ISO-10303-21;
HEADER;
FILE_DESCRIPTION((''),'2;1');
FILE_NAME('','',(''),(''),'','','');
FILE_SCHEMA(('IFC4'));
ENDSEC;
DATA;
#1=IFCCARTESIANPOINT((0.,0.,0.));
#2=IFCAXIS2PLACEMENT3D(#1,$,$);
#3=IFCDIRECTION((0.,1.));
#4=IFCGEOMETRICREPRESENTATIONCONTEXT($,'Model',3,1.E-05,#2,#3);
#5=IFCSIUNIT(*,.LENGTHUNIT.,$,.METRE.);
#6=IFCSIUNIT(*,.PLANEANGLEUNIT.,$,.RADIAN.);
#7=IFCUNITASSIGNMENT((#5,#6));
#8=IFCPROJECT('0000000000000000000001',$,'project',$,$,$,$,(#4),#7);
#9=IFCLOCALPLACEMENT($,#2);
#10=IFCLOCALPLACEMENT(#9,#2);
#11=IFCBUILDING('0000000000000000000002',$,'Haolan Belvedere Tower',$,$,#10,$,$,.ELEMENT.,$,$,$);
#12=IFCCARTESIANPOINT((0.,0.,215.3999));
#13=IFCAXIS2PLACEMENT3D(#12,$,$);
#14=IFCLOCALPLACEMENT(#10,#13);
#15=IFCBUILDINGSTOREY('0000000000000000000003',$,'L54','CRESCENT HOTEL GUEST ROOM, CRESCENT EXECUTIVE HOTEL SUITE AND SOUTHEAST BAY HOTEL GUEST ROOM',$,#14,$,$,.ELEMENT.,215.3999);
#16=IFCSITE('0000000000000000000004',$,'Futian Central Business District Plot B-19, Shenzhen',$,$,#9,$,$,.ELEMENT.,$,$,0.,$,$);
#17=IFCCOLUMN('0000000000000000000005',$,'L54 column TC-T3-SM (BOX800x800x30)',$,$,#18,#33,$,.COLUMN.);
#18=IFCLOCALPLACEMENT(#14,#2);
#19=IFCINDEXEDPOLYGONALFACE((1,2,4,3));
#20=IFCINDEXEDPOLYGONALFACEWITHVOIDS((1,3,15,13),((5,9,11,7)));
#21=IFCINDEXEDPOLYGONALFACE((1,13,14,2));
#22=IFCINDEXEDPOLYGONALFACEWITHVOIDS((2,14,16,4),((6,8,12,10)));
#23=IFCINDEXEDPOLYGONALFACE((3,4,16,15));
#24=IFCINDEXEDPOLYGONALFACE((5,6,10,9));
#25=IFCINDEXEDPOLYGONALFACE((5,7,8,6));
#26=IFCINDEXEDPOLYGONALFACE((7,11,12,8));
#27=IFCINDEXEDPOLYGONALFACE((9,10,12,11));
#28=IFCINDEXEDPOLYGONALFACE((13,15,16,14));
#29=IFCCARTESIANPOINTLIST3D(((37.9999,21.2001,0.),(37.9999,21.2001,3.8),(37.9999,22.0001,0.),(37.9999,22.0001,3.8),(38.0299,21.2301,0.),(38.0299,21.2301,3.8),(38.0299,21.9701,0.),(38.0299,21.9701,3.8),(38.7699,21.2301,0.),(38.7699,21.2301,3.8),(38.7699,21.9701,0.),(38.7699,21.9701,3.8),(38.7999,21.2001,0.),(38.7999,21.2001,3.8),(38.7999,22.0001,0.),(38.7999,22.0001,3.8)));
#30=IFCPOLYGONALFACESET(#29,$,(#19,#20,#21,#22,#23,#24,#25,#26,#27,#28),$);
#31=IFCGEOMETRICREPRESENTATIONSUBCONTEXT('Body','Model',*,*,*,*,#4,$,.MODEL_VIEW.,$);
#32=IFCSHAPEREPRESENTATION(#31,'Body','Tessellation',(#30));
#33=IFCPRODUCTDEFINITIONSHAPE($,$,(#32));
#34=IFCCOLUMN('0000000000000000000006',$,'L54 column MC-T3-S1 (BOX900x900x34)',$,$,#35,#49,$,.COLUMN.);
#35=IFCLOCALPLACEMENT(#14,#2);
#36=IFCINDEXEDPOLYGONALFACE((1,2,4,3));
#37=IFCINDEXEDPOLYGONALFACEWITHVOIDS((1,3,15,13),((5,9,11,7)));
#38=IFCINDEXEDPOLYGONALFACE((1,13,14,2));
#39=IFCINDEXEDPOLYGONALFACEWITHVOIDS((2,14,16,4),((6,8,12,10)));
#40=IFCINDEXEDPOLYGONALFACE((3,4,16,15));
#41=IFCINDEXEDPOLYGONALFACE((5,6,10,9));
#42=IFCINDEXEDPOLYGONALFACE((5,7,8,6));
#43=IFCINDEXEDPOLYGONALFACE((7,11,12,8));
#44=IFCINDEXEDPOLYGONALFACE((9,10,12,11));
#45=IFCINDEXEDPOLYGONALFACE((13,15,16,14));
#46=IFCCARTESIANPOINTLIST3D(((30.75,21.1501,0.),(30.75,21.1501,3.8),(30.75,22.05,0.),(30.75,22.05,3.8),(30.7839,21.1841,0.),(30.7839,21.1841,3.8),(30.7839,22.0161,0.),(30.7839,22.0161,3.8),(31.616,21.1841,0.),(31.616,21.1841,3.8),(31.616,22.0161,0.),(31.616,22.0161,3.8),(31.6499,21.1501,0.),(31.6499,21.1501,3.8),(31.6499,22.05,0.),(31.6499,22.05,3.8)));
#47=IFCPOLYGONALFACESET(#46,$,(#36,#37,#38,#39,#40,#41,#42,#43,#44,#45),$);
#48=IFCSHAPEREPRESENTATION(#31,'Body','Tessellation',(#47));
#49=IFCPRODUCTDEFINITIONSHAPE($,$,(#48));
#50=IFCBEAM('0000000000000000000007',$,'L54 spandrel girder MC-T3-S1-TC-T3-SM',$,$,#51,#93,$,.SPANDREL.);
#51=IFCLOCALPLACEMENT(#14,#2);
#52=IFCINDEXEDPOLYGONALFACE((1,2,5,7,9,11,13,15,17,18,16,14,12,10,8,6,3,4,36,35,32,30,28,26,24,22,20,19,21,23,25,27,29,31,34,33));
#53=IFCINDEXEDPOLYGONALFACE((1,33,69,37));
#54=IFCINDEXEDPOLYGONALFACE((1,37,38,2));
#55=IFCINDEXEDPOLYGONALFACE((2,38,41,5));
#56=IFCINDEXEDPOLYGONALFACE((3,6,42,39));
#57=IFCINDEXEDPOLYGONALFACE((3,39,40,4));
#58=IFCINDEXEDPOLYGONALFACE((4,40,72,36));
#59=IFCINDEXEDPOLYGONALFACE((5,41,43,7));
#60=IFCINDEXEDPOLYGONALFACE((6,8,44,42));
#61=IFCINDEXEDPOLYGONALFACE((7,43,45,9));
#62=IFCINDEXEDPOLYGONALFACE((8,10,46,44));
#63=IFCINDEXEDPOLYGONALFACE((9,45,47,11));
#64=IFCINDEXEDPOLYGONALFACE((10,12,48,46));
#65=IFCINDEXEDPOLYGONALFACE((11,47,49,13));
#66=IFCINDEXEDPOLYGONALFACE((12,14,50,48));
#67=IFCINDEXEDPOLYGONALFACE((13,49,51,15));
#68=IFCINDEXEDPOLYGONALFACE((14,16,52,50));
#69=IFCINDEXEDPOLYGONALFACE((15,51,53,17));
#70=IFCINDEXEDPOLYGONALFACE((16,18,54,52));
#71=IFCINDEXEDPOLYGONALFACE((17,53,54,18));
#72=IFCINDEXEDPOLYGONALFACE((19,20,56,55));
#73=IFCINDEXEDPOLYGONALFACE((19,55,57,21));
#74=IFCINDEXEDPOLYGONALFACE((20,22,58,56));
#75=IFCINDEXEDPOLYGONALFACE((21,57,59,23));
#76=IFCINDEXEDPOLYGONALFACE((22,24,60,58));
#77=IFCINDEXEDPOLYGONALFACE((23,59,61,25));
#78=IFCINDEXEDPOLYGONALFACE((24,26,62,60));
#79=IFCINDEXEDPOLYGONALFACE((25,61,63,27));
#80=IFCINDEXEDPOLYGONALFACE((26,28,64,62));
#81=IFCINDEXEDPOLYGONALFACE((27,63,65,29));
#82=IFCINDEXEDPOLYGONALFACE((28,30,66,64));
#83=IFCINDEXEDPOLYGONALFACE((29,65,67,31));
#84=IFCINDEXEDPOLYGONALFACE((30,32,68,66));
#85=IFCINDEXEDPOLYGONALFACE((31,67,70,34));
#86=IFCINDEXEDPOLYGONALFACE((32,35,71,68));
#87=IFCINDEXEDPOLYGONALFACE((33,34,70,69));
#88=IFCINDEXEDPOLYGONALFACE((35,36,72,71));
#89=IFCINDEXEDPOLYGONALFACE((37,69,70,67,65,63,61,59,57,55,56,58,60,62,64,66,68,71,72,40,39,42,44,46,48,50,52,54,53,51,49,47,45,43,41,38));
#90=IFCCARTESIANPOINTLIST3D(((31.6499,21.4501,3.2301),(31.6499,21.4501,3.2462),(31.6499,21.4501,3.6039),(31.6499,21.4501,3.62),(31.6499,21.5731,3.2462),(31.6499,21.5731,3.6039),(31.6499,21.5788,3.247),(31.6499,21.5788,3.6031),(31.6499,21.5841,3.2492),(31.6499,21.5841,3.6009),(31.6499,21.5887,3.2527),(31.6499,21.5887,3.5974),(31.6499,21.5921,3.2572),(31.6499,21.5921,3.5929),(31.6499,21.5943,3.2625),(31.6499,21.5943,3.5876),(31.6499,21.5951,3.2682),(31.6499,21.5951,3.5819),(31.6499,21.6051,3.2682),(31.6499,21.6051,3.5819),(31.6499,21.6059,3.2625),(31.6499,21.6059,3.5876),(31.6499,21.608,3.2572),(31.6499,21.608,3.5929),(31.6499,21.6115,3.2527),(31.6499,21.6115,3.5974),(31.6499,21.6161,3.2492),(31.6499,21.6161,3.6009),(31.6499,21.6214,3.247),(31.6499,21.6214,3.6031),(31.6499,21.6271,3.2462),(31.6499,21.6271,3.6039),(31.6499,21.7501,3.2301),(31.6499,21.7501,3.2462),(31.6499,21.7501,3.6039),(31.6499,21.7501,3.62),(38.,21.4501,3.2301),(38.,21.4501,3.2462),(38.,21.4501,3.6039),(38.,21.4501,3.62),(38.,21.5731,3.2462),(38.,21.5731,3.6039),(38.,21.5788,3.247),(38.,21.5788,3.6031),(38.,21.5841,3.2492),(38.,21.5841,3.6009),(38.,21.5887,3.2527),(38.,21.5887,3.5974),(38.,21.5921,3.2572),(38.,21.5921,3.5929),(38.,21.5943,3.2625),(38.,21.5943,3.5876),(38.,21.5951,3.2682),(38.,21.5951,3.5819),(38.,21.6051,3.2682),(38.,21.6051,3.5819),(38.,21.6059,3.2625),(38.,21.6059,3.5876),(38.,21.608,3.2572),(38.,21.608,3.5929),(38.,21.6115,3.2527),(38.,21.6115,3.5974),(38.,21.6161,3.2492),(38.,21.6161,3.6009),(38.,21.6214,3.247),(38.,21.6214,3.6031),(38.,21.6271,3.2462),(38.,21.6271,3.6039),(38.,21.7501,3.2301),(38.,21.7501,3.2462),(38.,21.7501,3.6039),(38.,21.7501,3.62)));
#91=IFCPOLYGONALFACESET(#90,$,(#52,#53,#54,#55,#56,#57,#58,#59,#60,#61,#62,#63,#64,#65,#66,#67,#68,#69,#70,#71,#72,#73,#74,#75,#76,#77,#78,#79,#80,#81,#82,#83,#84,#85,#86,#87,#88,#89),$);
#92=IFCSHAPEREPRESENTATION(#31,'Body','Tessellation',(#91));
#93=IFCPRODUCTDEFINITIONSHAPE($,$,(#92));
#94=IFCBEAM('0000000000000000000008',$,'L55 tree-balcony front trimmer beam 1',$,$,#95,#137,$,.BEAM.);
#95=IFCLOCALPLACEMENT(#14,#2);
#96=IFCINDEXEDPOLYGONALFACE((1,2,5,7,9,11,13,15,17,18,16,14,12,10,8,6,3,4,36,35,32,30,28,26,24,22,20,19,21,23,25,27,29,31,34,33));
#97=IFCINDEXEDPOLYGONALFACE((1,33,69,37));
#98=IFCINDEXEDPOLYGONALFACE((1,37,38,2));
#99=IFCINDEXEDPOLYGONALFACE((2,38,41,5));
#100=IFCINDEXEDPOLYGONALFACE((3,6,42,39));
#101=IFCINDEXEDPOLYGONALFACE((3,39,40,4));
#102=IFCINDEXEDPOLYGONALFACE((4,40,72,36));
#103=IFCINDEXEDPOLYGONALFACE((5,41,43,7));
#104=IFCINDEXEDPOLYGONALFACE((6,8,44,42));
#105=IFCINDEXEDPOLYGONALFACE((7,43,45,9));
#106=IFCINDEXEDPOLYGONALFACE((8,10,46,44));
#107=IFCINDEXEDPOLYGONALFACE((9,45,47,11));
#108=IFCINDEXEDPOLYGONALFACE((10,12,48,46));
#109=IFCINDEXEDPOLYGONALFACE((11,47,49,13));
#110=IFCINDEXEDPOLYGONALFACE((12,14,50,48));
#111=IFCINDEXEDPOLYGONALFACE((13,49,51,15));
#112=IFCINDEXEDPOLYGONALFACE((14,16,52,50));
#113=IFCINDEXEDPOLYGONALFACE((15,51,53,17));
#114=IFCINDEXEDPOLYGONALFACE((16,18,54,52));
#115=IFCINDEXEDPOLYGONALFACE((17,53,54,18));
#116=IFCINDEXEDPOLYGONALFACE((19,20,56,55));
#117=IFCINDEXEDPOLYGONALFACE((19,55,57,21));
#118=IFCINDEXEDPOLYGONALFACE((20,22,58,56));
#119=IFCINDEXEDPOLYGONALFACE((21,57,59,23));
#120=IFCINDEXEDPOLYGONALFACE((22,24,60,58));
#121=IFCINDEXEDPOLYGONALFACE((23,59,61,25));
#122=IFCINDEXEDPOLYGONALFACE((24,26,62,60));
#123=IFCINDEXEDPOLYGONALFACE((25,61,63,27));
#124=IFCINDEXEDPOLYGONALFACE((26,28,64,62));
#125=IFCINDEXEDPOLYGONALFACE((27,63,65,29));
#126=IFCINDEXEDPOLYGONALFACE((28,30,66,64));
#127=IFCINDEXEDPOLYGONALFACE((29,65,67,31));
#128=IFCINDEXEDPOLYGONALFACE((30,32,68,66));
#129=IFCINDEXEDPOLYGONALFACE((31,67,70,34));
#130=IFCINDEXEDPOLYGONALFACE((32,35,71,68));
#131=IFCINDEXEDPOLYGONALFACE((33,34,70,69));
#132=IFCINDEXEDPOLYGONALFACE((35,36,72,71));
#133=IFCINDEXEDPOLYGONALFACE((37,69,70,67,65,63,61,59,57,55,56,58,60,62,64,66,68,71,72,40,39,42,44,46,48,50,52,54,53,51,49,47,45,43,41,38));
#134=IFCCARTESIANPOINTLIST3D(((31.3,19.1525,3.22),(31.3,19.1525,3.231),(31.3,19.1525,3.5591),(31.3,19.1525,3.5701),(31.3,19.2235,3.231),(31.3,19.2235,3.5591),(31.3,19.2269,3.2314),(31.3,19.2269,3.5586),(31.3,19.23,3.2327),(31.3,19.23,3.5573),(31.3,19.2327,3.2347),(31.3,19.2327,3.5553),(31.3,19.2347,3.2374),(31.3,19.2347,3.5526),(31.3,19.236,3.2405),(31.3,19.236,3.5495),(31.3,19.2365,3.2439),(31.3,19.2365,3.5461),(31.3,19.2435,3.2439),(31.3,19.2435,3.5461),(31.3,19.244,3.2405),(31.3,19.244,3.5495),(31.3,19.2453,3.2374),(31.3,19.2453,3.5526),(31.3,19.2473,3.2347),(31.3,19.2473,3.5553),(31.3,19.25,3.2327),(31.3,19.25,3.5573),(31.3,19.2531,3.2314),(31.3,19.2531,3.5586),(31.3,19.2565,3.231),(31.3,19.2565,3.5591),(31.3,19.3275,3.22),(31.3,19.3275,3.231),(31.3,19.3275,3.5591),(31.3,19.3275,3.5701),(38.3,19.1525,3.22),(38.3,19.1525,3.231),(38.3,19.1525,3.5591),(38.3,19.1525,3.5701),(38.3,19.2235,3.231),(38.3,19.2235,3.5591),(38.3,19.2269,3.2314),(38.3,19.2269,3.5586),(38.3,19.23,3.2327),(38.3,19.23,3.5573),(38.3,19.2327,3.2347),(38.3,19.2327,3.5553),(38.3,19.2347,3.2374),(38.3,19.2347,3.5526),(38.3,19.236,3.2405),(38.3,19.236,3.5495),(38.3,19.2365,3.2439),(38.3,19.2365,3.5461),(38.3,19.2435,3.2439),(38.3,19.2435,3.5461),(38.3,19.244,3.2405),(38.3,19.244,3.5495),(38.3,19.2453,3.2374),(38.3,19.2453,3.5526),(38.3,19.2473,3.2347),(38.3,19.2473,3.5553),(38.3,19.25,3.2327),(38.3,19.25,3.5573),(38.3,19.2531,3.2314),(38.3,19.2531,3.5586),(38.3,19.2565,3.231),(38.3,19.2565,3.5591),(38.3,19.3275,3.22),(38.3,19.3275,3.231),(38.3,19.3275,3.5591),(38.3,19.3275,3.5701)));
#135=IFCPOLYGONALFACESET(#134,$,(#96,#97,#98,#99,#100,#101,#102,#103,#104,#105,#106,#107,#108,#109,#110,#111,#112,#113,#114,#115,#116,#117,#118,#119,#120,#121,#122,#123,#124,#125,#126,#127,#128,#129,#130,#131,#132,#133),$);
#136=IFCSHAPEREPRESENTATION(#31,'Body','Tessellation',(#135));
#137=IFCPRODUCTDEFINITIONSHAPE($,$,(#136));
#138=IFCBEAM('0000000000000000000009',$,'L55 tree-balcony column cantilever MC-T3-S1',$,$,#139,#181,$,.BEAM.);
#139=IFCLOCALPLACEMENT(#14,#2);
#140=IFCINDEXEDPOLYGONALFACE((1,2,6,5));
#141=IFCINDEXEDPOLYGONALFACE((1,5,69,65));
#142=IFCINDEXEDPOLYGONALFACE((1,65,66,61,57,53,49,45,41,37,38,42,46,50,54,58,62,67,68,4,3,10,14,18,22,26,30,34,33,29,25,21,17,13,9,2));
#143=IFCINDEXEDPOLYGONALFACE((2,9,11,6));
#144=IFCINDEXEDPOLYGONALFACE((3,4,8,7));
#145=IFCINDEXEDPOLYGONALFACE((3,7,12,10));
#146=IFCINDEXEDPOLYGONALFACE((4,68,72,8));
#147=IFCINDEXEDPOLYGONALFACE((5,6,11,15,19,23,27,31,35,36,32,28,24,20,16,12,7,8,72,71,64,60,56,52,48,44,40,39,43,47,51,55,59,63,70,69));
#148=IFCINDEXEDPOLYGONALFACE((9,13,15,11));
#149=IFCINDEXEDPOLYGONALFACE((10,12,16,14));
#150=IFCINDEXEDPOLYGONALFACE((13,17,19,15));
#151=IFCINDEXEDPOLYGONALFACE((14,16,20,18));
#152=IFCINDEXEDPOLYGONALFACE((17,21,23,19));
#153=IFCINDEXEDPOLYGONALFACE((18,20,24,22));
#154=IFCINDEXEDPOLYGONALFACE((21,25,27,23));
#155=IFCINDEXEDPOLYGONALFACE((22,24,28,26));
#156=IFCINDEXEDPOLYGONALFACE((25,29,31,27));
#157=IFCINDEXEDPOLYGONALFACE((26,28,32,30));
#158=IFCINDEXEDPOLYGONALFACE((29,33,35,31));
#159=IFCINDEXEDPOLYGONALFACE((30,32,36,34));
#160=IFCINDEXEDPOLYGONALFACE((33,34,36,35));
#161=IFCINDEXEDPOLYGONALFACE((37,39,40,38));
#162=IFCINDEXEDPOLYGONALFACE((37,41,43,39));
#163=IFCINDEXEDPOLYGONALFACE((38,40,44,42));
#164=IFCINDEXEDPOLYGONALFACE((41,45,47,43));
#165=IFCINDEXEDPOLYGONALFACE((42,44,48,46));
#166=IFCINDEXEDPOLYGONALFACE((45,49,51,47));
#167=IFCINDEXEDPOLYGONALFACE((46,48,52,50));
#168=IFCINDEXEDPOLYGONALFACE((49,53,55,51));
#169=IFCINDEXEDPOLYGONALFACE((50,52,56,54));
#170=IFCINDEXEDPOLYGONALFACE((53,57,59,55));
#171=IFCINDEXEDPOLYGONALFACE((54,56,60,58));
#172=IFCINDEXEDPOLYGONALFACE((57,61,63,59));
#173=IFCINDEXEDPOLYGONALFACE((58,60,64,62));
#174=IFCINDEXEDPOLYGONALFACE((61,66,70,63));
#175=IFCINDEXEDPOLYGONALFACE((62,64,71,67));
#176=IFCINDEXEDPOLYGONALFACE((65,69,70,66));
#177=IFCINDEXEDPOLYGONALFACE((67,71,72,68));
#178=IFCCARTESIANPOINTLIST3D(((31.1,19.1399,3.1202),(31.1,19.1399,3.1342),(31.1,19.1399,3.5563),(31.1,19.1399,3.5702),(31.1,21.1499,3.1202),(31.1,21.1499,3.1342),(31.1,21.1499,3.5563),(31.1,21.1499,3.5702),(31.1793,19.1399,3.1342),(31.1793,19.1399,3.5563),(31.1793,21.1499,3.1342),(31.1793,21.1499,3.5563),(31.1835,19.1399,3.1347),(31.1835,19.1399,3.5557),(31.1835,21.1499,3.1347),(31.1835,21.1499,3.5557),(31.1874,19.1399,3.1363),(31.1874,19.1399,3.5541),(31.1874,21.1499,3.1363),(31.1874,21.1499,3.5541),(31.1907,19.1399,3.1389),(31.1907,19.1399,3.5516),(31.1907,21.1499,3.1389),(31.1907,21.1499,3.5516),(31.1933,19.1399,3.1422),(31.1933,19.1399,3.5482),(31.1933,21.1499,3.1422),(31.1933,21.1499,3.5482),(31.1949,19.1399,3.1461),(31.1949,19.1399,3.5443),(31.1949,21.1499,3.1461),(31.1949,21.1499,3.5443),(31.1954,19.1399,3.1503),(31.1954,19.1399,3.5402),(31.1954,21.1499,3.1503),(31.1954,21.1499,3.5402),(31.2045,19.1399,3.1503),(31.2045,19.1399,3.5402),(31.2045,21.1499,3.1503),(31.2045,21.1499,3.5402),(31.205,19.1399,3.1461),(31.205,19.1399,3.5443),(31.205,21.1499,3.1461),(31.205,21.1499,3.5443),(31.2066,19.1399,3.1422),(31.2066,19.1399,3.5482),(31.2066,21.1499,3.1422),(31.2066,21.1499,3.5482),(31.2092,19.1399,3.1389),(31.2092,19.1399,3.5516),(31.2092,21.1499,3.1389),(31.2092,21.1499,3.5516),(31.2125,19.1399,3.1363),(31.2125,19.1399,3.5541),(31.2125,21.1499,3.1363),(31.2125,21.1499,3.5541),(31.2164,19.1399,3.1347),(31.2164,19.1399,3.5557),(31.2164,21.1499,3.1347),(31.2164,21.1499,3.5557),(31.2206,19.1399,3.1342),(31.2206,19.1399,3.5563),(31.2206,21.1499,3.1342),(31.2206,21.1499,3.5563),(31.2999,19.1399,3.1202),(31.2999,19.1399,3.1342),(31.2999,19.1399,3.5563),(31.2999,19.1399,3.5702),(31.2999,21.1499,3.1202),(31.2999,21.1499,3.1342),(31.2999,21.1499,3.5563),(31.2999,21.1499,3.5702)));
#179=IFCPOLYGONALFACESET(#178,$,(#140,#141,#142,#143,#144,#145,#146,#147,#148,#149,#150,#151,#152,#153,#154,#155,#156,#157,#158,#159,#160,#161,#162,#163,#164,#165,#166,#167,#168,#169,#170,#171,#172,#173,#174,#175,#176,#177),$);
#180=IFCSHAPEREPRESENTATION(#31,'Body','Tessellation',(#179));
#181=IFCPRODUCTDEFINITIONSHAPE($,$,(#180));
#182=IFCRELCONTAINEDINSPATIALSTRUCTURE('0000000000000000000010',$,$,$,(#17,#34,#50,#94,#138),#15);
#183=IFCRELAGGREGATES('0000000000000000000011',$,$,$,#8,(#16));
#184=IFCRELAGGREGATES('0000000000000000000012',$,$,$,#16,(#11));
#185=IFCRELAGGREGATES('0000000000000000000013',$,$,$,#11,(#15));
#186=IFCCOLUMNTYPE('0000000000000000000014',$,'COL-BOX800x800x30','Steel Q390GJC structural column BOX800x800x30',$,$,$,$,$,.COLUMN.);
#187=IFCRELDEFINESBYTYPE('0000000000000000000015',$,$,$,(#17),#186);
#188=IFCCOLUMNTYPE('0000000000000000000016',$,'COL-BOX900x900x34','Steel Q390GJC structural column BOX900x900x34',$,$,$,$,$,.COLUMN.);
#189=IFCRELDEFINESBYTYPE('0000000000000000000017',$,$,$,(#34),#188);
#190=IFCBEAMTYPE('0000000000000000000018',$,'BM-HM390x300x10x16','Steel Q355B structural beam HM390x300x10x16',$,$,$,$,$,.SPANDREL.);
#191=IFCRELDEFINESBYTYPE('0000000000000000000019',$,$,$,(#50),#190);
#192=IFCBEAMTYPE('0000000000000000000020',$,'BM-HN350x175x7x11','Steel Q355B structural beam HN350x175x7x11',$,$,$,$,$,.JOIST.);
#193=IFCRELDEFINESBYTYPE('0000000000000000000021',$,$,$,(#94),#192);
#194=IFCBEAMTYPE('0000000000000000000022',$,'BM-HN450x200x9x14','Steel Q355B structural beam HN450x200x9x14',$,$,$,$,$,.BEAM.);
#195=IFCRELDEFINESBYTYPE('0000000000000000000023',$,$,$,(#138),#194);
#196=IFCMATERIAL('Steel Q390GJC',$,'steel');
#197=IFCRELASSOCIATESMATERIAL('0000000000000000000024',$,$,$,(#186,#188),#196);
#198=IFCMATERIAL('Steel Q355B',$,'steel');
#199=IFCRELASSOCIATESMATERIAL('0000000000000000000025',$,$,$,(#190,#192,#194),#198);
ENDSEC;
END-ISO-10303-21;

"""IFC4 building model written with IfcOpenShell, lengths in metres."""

from ifc_helpers import new_model, si_unit, direction, frame, origin, origin_2d, place, context, subcontext, project, spatial, hollow_rectangle, i_section, extrude, material, material_profile, profile_set, type_object, element, save


model = new_model("IFC4")

# Units and contexts
model_context = context("Model", 3, precision=1e-05, world=origin(), true_north=direction((0.0, 1.0)))
body_context = subcontext(model_context, "Body", "Model", "MODEL_VIEW")
ifc_project = project(units=[si_unit("LENGTHUNIT", "METRE"), si_unit("PLANEANGLEUNIT", "RADIAN")], contexts=[model_context])

# Site, building, storey
site_placement = place(None, origin())
site = spatial("IfcSite", under=ifc_project, at=site_placement, Name="Futian Central Business District Plot B-19, Shenzhen", CompositionType="ELEMENT", RefElevation=0.0)
building_placement = place(site_placement, origin())
building = spatial("IfcBuilding", under=site, at=building_placement, Name="Haolan Belvedere Tower", CompositionType="ELEMENT")
storey_placement = place(building_placement, frame((0.0, 0.0, 215.3999)))
storey = spatial("IfcBuildingStorey", under=building, at=storey_placement, Name="L54", Description="CRESCENT HOTEL GUEST ROOM, CRESCENT EXECUTIVE HOTEL SUITE AND SOUTHEAST BAY HOTEL GUEST ROOM", CompositionType="ELEMENT", Elevation=215.3999)

# Columns
ifc_material_1 = material(Name="Steel Q390GJC", Category="steel")
ifc_material_profile_1 = material_profile(ifc_material_1, hollow_rectangle(XDim=0.8, YDim=0.8, WallThickness=0.03, at=origin_2d()), Name="Steel Q390GJC")
ifc_profile_set_1 = profile_set([ifc_material_profile_1], Name="Steel Q390GJC")
column_type_1 = type_object("IfcColumnType", Name="COL-BOX800x800x30", Description="Steel Q390GJC structural column BOX800x800x30", PredefinedType="COLUMN", material=ifc_profile_set_1)
column_1_placement = place(storey_placement, frame((38.3999, 21.6001, 0.0), z_axis=(0.0, 0.0, 1.0), x_axis=(1.0, 0.0, 0.0)))
element("IfcColumn", 1, at=column_1_placement, inside=storey, type_object=column_type_1, Name="L54 column TC-T3-SM (BOX800x800x30)", PredefinedType="COLUMN", context=body_context, shape_type="SweptSolid", body=[
    extrude(hollow_rectangle(XDim=0.8, YDim=0.8, WallThickness=0.03, at=origin_2d()), origin(), (0.0, 0.0, 1.0), 3.8),
])
ifc_material_profile_2 = material_profile(ifc_material_1, hollow_rectangle(XDim=0.8999, YDim=0.8999, WallThickness=0.0339, at=origin_2d()), Name="Steel Q390GJC")
ifc_profile_set_2 = profile_set([ifc_material_profile_2], Name="Steel Q390GJC")
column_type_2 = type_object("IfcColumnType", Name="COL-BOX900x900x34", Description="Steel Q390GJC structural column BOX900x900x34", PredefinedType="COLUMN", material=ifc_profile_set_2)
column_2_placement = place(storey_placement, frame((31.2, 21.6001, 0.0), z_axis=(0.0, 0.0, 1.0), x_axis=(1.0, 0.0, 0.0)))
element("IfcColumn", 2, at=column_2_placement, inside=storey, type_object=column_type_2, Name="L54 column MC-T3-S1 (BOX900x900x34)", PredefinedType="COLUMN", context=body_context, shape_type="SweptSolid", body=[
    extrude(hollow_rectangle(XDim=0.8999, YDim=0.8999, WallThickness=0.0339, at=origin_2d()), origin(), (0.0, 0.0, 1.0), 3.8),
])

# Beams
ifc_material_2 = material(Name="Steel Q355B", Category="steel")
ifc_material_profile_3 = material_profile(ifc_material_2, i_section(OverallWidth=0.3, OverallDepth=0.3899, WebThickness=0.01, FlangeThickness=0.0161, FilletRadius=0.022, at=origin_2d()), Name="Steel Q355B")
ifc_profile_set_3 = profile_set([ifc_material_profile_3], Name="Steel Q355B")
beam_type_1 = type_object("IfcBeamType", Name="BM-HM390x300x10x16", Description="Steel Q355B structural beam HM390x300x10x16", PredefinedType="SPANDREL", material=ifc_profile_set_3)
beam_1_placement = place(storey_placement, frame((31.6499, 21.6001, 3.425), z_axis=(1.0, 0.0, 0.0), x_axis=(0.0, 1.0, 0.0)))
element("IfcBeam", 3, at=beam_1_placement, inside=storey, type_object=beam_type_1, Name="L54 spandrel girder MC-T3-S1-TC-T3-SM", PredefinedType="SPANDREL", context=body_context, shape_type="SweptSolid", body=[
    extrude(i_section(OverallWidth=0.3, OverallDepth=0.3899, WebThickness=0.01, FlangeThickness=0.0161, FilletRadius=0.022, at=origin_2d()), origin(), (0.0, 0.0, 1.0), 6.3501),
])
ifc_material_profile_4 = material_profile(ifc_material_2, i_section(OverallWidth=0.175, OverallDepth=0.3501, WebThickness=0.0071, FlangeThickness=0.011, FilletRadius=0.0129, at=origin_2d()), Name="Steel Q355B")
ifc_profile_set_4 = profile_set([ifc_material_profile_4], Name="Steel Q355B")
beam_type_2 = type_object("IfcBeamType", Name="BM-HN350x175x7x11", Description="Steel Q355B structural beam HN350x175x7x11", PredefinedType="JOIST", material=ifc_profile_set_4)
beam_2_placement = place(storey_placement, frame((31.3, 19.24, 3.395), z_axis=(1.0, 0.0, 0.0), x_axis=(0.0, 1.0, 0.0)))
element("IfcBeam", 4, at=beam_2_placement, inside=storey, type_object=beam_type_2, Name="L55 tree-balcony front trimmer beam 1", PredefinedType="BEAM", context=body_context, shape_type="SweptSolid", body=[
    extrude(i_section(OverallWidth=0.175, OverallDepth=0.3501, WebThickness=0.0071, FlangeThickness=0.011, FilletRadius=0.0129, at=origin_2d()), origin(), (0.0, 0.0, 1.0), 7.0),
])
ifc_material_profile_5 = material_profile(ifc_material_2, i_section(OverallWidth=0.2, OverallDepth=0.45, WebThickness=0.009, FlangeThickness=0.0139, FilletRadius=0.0161, at=origin_2d()), Name="Steel Q355B")
ifc_profile_set_5 = profile_set([ifc_material_profile_5], Name="Steel Q355B")
beam_type_3 = type_object("IfcBeamType", Name="BM-HN450x200x9x14", Description="Steel Q355B structural beam HN450x200x9x14", PredefinedType="BEAM", material=ifc_profile_set_5)
beam_3_placement = place(storey_placement, frame((31.2, 21.1499, 3.3452), z_axis=(0.0, -1.0, 0.0), x_axis=(1.0, 0.0, 0.0)))
element("IfcBeam", 5, at=beam_3_placement, inside=storey, type_object=beam_type_3, Name="L55 tree-balcony column cantilever MC-T3-S1", PredefinedType="BEAM", context=body_context, shape_type="SweptSolid", body=[
    extrude(i_section(OverallWidth=0.2, OverallDepth=0.45, WebThickness=0.009, FlangeThickness=0.0139, FilletRadius=0.0161, at=origin_2d()), origin(), (0.0, 0.0, 1.0), 2.01),
])

save(model, "model.ifc")
